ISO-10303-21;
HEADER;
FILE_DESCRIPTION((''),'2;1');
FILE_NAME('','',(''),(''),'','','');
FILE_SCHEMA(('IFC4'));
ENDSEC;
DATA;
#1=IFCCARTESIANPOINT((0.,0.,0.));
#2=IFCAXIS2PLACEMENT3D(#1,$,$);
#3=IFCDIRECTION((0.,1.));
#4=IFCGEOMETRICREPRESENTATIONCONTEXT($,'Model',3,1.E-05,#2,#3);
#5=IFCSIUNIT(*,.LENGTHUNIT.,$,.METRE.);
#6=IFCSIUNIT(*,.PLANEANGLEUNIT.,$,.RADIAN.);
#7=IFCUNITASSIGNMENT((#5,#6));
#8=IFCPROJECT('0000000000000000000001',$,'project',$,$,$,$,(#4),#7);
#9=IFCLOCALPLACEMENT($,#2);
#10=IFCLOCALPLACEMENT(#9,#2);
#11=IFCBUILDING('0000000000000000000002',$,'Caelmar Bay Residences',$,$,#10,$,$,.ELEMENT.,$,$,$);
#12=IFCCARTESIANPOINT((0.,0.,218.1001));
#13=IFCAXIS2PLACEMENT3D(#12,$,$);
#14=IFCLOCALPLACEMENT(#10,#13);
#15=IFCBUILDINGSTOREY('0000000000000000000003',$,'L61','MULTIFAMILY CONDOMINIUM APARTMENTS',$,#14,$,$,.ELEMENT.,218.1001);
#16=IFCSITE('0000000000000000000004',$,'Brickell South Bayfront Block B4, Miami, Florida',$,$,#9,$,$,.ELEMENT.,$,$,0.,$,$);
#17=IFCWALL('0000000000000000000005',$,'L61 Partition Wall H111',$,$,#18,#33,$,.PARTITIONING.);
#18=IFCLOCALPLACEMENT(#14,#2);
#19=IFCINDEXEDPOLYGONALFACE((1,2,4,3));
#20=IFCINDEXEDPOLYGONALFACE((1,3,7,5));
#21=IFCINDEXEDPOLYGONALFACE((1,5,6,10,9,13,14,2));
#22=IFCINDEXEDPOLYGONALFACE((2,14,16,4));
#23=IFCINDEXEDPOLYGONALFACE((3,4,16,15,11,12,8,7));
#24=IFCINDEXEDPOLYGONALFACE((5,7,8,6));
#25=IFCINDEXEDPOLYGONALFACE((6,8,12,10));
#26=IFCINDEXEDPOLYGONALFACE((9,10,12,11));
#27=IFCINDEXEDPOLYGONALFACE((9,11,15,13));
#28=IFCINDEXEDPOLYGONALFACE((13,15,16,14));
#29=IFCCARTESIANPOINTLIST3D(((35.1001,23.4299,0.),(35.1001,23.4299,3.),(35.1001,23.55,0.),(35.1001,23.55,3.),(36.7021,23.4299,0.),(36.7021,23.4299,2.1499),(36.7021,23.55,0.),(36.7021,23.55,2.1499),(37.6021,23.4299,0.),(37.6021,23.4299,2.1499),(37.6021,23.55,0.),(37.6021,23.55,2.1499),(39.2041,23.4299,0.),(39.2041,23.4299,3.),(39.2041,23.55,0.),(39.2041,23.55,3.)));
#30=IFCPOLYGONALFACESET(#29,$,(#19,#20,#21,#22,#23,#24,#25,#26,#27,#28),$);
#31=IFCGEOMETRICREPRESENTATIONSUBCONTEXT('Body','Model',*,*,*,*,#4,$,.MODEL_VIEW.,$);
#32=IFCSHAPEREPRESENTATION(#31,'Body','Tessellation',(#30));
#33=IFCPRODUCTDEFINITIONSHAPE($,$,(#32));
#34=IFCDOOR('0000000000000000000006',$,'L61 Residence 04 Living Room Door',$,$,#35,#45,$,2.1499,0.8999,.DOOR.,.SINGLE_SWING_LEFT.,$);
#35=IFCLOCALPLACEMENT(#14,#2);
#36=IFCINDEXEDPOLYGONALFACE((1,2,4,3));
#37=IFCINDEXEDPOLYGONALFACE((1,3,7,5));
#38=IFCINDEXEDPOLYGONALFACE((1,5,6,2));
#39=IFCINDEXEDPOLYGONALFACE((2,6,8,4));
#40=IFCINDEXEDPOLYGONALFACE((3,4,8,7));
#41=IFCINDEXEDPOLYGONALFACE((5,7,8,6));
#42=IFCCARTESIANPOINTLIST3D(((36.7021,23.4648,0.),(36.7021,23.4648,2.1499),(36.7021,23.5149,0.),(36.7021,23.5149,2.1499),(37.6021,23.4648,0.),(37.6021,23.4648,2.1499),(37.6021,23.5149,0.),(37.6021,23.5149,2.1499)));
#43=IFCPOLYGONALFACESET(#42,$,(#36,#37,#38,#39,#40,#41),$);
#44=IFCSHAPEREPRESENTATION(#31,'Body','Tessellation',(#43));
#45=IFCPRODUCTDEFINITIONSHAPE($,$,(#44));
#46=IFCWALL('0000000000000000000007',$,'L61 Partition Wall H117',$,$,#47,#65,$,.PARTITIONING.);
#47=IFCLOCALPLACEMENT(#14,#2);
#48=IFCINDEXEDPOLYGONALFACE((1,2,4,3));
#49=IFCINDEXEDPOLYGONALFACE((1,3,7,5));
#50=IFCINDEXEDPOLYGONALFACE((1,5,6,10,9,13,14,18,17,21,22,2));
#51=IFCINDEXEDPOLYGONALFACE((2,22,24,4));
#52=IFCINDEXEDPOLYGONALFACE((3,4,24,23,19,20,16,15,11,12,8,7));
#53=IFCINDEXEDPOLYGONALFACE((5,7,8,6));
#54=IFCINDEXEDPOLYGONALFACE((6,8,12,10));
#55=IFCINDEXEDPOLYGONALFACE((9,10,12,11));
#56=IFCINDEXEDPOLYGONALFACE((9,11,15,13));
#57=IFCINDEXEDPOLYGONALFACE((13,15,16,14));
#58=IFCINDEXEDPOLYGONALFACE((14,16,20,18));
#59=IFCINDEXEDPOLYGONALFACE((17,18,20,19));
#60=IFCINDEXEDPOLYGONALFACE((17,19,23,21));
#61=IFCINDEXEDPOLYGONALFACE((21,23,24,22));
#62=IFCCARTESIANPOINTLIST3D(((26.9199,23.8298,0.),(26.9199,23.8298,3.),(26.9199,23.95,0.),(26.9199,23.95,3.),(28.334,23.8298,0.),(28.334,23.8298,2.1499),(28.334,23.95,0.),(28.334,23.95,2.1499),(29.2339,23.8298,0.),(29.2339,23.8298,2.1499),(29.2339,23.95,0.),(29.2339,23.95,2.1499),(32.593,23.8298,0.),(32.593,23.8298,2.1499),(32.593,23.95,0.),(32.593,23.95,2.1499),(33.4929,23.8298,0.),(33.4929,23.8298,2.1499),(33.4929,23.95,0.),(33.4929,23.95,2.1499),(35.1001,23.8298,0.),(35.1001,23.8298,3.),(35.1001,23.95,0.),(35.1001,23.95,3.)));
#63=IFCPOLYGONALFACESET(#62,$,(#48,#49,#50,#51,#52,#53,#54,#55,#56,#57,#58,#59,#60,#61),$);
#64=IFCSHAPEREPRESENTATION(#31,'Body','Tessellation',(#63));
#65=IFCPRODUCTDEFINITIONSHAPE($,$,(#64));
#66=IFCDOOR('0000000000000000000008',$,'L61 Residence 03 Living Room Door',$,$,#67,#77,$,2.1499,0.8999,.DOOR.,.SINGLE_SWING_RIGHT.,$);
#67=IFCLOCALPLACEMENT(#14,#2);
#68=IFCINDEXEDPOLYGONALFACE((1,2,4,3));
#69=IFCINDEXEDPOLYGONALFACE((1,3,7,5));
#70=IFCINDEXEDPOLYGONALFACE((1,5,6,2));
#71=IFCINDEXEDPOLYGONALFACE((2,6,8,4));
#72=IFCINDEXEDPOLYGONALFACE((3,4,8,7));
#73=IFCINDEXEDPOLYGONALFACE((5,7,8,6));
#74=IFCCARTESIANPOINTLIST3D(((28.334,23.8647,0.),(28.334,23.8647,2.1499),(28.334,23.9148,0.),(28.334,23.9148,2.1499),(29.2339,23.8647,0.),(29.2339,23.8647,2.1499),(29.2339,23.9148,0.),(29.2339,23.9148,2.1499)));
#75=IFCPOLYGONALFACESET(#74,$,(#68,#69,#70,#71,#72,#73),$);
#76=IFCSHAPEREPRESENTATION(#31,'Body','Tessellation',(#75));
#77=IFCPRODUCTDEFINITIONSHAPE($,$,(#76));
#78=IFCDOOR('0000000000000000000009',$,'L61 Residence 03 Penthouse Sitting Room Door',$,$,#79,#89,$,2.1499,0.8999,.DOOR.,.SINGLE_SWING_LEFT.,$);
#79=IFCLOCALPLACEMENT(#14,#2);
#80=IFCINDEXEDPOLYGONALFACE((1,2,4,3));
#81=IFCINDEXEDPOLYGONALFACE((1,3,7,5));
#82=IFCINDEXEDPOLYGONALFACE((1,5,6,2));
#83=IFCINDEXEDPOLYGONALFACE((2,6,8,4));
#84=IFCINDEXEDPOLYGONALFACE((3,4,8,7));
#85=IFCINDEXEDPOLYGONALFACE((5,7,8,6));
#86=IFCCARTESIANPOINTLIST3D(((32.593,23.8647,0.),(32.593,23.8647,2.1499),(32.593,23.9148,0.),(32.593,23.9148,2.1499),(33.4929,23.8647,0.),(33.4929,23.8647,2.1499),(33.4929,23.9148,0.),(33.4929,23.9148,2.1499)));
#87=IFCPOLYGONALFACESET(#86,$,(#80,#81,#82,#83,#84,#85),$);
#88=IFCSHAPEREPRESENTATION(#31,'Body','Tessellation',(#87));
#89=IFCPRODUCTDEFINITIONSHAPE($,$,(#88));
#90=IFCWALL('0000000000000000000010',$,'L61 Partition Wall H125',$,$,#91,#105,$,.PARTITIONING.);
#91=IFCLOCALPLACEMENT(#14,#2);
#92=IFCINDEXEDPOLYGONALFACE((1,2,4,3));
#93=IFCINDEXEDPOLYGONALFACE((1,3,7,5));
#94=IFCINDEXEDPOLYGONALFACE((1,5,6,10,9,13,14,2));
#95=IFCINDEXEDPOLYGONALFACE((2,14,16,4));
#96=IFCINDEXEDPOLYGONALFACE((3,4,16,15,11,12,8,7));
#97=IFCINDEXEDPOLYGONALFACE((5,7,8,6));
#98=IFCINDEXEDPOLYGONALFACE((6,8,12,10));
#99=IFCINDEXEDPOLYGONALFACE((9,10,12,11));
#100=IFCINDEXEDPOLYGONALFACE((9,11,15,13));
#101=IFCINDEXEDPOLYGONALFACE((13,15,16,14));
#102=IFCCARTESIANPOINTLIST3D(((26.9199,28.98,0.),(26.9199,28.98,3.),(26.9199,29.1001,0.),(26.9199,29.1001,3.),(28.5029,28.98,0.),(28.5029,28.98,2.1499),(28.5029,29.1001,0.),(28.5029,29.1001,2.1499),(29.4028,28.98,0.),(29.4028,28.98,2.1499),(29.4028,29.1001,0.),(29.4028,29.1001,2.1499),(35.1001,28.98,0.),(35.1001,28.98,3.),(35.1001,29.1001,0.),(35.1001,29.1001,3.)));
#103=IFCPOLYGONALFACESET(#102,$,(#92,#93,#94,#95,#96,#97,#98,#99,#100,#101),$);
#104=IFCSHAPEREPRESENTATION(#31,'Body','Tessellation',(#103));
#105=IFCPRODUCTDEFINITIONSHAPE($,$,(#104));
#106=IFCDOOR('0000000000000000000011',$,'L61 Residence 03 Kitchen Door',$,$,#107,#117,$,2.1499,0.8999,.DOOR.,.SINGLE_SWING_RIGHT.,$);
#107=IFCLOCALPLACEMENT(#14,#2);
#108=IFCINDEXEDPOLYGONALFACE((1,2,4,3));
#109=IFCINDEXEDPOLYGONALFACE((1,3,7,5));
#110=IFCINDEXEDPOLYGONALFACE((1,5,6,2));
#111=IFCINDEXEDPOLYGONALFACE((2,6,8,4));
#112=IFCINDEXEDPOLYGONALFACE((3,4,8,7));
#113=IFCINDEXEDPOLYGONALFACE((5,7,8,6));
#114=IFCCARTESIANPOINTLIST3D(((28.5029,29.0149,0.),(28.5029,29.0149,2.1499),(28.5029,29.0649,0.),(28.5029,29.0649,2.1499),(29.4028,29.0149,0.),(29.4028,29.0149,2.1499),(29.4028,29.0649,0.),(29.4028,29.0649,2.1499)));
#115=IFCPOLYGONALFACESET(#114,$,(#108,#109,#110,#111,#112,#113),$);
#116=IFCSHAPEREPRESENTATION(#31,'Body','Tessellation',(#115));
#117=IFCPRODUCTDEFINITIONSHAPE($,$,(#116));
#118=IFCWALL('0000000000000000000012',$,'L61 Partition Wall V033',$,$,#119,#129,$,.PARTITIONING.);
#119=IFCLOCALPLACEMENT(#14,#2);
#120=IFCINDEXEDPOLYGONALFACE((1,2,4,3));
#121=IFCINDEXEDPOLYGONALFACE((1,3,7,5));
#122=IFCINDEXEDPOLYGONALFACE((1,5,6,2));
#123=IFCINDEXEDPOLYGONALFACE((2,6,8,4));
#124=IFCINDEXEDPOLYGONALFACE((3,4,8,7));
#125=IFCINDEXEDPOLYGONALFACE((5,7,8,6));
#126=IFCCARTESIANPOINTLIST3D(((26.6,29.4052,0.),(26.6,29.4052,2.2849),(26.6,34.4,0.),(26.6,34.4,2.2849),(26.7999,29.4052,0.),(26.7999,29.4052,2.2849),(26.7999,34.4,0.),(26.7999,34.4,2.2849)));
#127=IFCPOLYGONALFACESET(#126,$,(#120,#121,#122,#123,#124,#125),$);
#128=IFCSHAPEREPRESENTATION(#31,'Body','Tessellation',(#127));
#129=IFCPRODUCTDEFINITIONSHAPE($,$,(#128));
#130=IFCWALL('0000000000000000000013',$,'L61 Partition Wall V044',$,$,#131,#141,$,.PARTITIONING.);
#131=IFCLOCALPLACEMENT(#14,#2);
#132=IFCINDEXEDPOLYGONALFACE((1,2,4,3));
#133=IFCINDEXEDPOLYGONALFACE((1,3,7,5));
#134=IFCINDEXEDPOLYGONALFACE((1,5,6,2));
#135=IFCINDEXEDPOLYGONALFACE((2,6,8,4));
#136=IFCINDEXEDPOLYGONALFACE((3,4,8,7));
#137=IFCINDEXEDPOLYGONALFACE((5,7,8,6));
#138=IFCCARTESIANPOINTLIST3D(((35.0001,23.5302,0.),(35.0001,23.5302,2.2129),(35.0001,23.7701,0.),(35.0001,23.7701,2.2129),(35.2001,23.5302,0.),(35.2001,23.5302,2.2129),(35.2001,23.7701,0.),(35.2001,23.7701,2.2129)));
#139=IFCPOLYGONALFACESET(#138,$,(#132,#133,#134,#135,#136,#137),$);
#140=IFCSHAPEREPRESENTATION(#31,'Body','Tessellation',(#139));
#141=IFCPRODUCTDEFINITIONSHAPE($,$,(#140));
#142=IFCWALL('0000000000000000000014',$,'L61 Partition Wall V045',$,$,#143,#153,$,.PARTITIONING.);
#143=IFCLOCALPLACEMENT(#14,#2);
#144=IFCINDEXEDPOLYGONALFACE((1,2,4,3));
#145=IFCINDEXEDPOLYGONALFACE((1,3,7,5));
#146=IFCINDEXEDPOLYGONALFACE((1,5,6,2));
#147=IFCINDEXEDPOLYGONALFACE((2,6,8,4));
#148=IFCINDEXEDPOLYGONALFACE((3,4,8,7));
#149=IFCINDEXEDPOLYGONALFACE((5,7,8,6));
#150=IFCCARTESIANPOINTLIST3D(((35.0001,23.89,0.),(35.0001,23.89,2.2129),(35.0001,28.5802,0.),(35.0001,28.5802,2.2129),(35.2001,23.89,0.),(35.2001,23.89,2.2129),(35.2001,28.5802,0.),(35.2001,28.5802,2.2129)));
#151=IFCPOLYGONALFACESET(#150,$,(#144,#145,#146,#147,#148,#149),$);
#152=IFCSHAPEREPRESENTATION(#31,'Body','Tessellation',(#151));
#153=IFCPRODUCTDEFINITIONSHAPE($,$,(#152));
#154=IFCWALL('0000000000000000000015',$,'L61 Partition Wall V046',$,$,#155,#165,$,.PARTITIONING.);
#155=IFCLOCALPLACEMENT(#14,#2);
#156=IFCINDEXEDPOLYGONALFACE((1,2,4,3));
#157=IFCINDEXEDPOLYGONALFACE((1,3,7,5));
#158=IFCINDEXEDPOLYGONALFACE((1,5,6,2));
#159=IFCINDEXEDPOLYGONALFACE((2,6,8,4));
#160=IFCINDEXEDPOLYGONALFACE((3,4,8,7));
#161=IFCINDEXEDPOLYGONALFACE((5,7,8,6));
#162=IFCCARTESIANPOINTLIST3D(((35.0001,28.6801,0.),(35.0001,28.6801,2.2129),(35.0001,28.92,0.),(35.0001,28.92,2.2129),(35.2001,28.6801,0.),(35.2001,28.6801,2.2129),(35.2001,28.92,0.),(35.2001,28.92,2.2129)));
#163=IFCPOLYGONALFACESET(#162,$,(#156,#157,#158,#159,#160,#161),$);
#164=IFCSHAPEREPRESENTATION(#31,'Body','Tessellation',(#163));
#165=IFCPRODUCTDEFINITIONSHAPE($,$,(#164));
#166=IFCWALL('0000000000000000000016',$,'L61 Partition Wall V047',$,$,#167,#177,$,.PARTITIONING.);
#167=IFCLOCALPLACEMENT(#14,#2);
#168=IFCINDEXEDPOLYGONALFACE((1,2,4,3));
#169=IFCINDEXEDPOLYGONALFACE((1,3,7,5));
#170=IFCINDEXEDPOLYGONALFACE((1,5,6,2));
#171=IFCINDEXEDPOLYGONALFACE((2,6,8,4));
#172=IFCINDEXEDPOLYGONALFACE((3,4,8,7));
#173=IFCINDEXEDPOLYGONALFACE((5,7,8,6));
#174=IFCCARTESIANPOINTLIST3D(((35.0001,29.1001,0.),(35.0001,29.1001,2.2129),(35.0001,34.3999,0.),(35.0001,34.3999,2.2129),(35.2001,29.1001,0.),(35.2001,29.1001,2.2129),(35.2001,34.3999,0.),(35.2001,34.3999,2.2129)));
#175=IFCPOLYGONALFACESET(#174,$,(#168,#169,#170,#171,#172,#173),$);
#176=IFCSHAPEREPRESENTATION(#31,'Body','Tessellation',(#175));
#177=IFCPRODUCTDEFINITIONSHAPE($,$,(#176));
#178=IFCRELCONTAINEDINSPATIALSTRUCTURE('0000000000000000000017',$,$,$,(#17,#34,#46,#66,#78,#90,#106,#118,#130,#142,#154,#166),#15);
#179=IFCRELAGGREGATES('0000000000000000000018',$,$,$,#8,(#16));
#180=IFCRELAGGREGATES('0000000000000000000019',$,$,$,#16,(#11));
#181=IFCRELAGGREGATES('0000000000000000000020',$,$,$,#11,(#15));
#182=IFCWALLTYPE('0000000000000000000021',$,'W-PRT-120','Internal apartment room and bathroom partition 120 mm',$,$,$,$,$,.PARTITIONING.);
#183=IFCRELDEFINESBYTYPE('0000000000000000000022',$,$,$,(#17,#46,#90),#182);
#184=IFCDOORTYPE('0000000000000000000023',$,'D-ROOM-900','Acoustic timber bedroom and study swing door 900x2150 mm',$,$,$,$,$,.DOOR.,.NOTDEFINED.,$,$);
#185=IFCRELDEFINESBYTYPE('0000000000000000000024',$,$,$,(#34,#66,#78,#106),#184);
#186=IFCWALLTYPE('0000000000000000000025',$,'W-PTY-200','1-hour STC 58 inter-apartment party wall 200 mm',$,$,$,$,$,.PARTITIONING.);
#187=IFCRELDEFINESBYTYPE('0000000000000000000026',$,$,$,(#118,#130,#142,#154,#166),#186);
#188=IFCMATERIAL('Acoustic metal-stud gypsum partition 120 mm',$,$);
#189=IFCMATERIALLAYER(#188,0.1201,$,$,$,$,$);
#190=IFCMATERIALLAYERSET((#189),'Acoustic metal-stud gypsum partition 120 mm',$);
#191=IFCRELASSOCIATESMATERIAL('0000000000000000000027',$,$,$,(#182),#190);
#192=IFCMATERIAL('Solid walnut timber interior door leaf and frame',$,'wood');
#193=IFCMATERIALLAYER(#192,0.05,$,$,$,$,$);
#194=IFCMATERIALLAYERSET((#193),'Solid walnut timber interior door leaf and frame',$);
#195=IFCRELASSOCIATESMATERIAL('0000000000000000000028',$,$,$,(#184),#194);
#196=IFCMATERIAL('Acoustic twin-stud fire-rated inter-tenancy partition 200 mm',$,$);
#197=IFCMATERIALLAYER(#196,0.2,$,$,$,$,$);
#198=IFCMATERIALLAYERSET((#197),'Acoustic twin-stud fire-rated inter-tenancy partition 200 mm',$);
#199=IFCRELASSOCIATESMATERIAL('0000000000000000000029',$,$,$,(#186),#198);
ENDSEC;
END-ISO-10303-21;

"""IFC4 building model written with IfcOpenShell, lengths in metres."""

from ifc_helpers import new_model, si_unit, direction, frame, frame_2d, origin, place, context, subcontext, project, spatial, rectangle, extrude, material, layer, layer_set, type_object, element, fill, save


model = new_model("IFC4")

# Units and contexts
model_context = context("Model", 3, precision=1e-05, world=origin(), true_north=direction((0.0, 1.0)))
body_context = subcontext(model_context, "Body", "Model", "MODEL_VIEW")
ifc_project = project(units=[si_unit("LENGTHUNIT", "METRE"), si_unit("PLANEANGLEUNIT", "RADIAN")], contexts=[model_context])

# Site, building, storey
site_placement = place(None, origin())
site = spatial("IfcSite", under=ifc_project, at=site_placement, Name="Brickell South Bayfront Block B4, Miami, Florida", CompositionType="ELEMENT", RefElevation=0.0)
building_placement = place(site_placement, origin())
building = spatial("IfcBuilding", under=site, at=building_placement, Name="Caelmar Bay Residences", CompositionType="ELEMENT")
storey_placement = place(building_placement, frame((0.0, 0.0, 218.1001)))
storey = spatial("IfcBuildingStorey", under=building, at=storey_placement, Name="L61", Description="MULTIFAMILY CONDOMINIUM APARTMENTS", CompositionType="ELEMENT", Elevation=218.1001)

# Shared definitions
ifc_material_1 = material(Name="Acoustic metal-stud gypsum partition 120 mm")
ifc_layer_1 = layer(ifc_material_1, 0.1201)
ifc_layer_set_1 = layer_set([ifc_layer_1], Name="Acoustic metal-stud gypsum partition 120 mm")
wall_type_1 = type_object("IfcWallType", Name="W-PRT-120", Description="Internal apartment room and bathroom partition 120 mm", PredefinedType="PARTITIONING", material=ifc_layer_set_1)

# Shared definitions
ifc_material_2 = material(Name="Solid walnut timber interior door leaf and frame", Category="wood")
ifc_layer_2 = layer(ifc_material_2, 0.05)
ifc_layer_set_2 = layer_set([ifc_layer_2], Name="Solid walnut timber interior door leaf and frame")
door_type_1 = type_object("IfcDoorType", Name="D-ROOM-900", Description="Acoustic timber bedroom and study swing door 900x2150 mm", OperationType="NOTDEFINED", PredefinedType="DOOR", material=ifc_layer_set_2)

# Wall, opening, door
wall_1_placement = place(storey_placement, frame((35.1001, 23.49, 0.0), z_axis=(0.0, 0.0, 1.0), x_axis=(1.0, 0.0, 0.0)))
wall_1 = element("IfcWall", 1, at=wall_1_placement, inside=storey, type_object=wall_type_1, Name="L61 Partition Wall H111", PredefinedType="PARTITIONING", context=body_context, shape_type="SweptSolid", body=[
    extrude(rectangle(XDim=4.104, YDim=0.1201, at=frame_2d((2.052, 0.0))), origin(), (0.0, 0.0, 1.0), 3.0),
])
opening_1_placement = place(wall_1_placement, frame((1.6021, 0.0, 0.0)))
opening_1 = element("IfcOpeningElement", 2, at=opening_1_placement, cuts=wall_1, PredefinedType="OPENING", context=body_context, shape_type="SweptSolid", body=[
    extrude(rectangle(XDim=0.8999, YDim=2.1499, at=frame_2d((0.45, 1.075))), frame((0.0, 0.0701, 0.0), z_axis=(0.0, -1.0, 0.0), x_axis=(1.0, 0.0, 0.0)), (0.0, 0.0, 1.0), 0.1401),
])
door_1_placement = place(opening_1_placement, origin())
door_1 = element("IfcDoor", 3, at=door_1_placement, inside=storey, type_object=door_type_1, Name="L61 Residence 04 Living Room Door", OperationType="SINGLE_SWING_LEFT", OverallHeight=2.1499, OverallWidth=0.8999, PredefinedType="DOOR", context=body_context, shape_type="SweptSolid", body=[
    extrude(rectangle(XDim=0.8999, YDim=2.1499, at=frame_2d((0.45, 1.075))), frame((0.0, 0.0249, 0.0), z_axis=(0.0, -1.0, 0.0), x_axis=(1.0, 0.0, 0.0)), (0.0, 0.0, 1.0), 0.05),
])
fill(opening_1, door_1)

# Wall, openings, doors
wall_2_placement = place(storey_placement, frame((26.9199, 23.8899, 0.0), z_axis=(0.0, 0.0, 1.0), x_axis=(1.0, 0.0, 0.0)))
wall_2 = element("IfcWall", 4, at=wall_2_placement, inside=storey, type_object=wall_type_1, Name="L61 Partition Wall H117", PredefinedType="PARTITIONING", context=body_context, shape_type="SweptSolid", body=[
    extrude(rectangle(XDim=8.1802, YDim=0.1201, at=frame_2d((4.0901, 0.0))), origin(), (0.0, 0.0, 1.0), 3.0),
])
opening_2_placement = place(wall_2_placement, frame((1.4141, 0.0, 0.0)))
opening_2 = element("IfcOpeningElement", 5, at=opening_2_placement, cuts=wall_2, PredefinedType="OPENING", context=body_context, shape_type="SweptSolid", body=[
    extrude(rectangle(XDim=0.8999, YDim=2.1499, at=frame_2d((0.45, 1.075))), frame((0.0, 0.0701, 0.0), z_axis=(0.0, -1.0, 0.0), x_axis=(1.0, 0.0, 0.0)), (0.0, 0.0, 1.0), 0.1401),
])
opening_3_placement = place(wall_2_placement, frame((5.6731, 0.0, 0.0)))
opening_3 = element("IfcOpeningElement", 6, at=opening_3_placement, cuts=wall_2, PredefinedType="OPENING", context=body_context, shape_type="SweptSolid", body=[
    extrude(rectangle(XDim=0.8999, YDim=2.1499, at=frame_2d((0.45, 1.075))), frame((0.0, 0.0701, 0.0), z_axis=(0.0, -1.0, 0.0), x_axis=(1.0, 0.0, 0.0)), (0.0, 0.0, 1.0), 0.1401),
])
door_2_placement = place(opening_2_placement, origin())
door_2 = element("IfcDoor", 7, at=door_2_placement, inside=storey, type_object=door_type_1, Name="L61 Residence 03 Living Room Door", OperationType="SINGLE_SWING_RIGHT", OverallHeight=2.1499, OverallWidth=0.8999, PredefinedType="DOOR", context=body_context, shape_type="SweptSolid", body=[
    extrude(rectangle(XDim=0.8999, YDim=2.1499, at=frame_2d((0.45, 1.075))), frame((0.0, 0.0249, 0.0), z_axis=(0.0, -1.0, 0.0), x_axis=(1.0, 0.0, 0.0)), (0.0, 0.0, 1.0), 0.05),
])
fill(opening_2, door_2)
door_3_placement = place(opening_3_placement, origin())
door_3 = element("IfcDoor", 8, at=door_3_placement, inside=storey, type_object=door_type_1, Name="L61 Residence 03 Penthouse Sitting Room Door", OperationType="SINGLE_SWING_LEFT", OverallHeight=2.1499, OverallWidth=0.8999, PredefinedType="DOOR", context=body_context, shape_type="SweptSolid", body=[
    extrude(rectangle(XDim=0.8999, YDim=2.1499, at=frame_2d((0.45, 1.075))), frame((0.0, 0.0249, 0.0), z_axis=(0.0, -1.0, 0.0), x_axis=(1.0, 0.0, 0.0)), (0.0, 0.0, 1.0), 0.05),
])
fill(opening_3, door_3)

# Wall, opening, door
wall_3_placement = place(storey_placement, frame((26.9199, 29.04, 0.0), z_axis=(0.0, 0.0, 1.0), x_axis=(1.0, 0.0, 0.0)))
wall_3 = element("IfcWall", 9, at=wall_3_placement, inside=storey, type_object=wall_type_1, Name="L61 Partition Wall H125", PredefinedType="PARTITIONING", context=body_context, shape_type="SweptSolid", body=[
    extrude(rectangle(XDim=8.1802, YDim=0.1201, at=frame_2d((4.0901, 0.0))), origin(), (0.0, 0.0, 1.0), 3.0),
])
opening_4_placement = place(wall_3_placement, frame((1.583, 0.0, 0.0)))
opening_4 = element("IfcOpeningElement", 10, at=opening_4_placement, cuts=wall_3, PredefinedType="OPENING", context=body_context, shape_type="SweptSolid", body=[
    extrude(rectangle(XDim=0.8999, YDim=2.1499, at=frame_2d((0.45, 1.075))), frame((0.0, 0.0701, 0.0), z_axis=(0.0, -1.0, 0.0), x_axis=(1.0, 0.0, 0.0)), (0.0, 0.0, 1.0), 0.1401),
])
door_4_placement = place(opening_4_placement, origin())
door_4 = element("IfcDoor", 11, at=door_4_placement, inside=storey, type_object=door_type_1, Name="L61 Residence 03 Kitchen Door", OperationType="SINGLE_SWING_RIGHT", OverallHeight=2.1499, OverallWidth=0.8999, PredefinedType="DOOR", context=body_context, shape_type="SweptSolid", body=[
    extrude(rectangle(XDim=0.8999, YDim=2.1499, at=frame_2d((0.45, 1.075))), frame((0.0, 0.0249, 0.0), z_axis=(0.0, -1.0, 0.0), x_axis=(1.0, 0.0, 0.0)), (0.0, 0.0, 1.0), 0.05),
])
fill(opening_4, door_4)

# Walls
ifc_material_3 = material(Name="Acoustic twin-stud fire-rated inter-tenancy partition 200 mm")
ifc_layer_3 = layer(ifc_material_3, 0.2)
ifc_layer_set_3 = layer_set([ifc_layer_3], Name="Acoustic twin-stud fire-rated inter-tenancy partition 200 mm")
wall_type_2 = type_object("IfcWallType", Name="W-PTY-200", Description="1-hour STC 58 inter-apartment party wall 200 mm", PredefinedType="PARTITIONING", material=ifc_layer_set_3)
wall_4_placement = place(storey_placement, frame((26.7, 29.405, 0.0), z_axis=(0.0, 0.0, 1.0), x_axis=(0.0, 1.0, 0.0)))
element("IfcWall", 12, at=wall_4_placement, inside=storey, type_object=wall_type_2, Name="L61 Partition Wall V033", PredefinedType="PARTITIONING", context=body_context, shape_type="SweptSolid", body=[
    extrude(rectangle(XDim=4.9949, YDim=0.2, at=frame_2d((2.4976, 0.0))), origin(), (0.0, 0.0, 1.0), 2.2849),
])
wall_5_placement = place(storey_placement, frame((35.1001, 23.53, 0.0), z_axis=(0.0, 0.0, 1.0), x_axis=(0.0, 1.0, 0.0)))
element("IfcWall", 13, at=wall_5_placement, inside=storey, type_object=wall_type_2, Name="L61 Partition Wall V044", PredefinedType="PARTITIONING", context=body_context, shape_type="SweptSolid", body=[
    extrude(rectangle(XDim=0.24, YDim=0.2, at=frame_2d((0.1201, 0.0))), origin(), (0.0, 0.0, 1.0), 2.2129),
])
wall_6_placement = place(storey_placement, frame((35.1001, 23.8899, 0.0), z_axis=(0.0, 0.0, 1.0), x_axis=(0.0, 1.0, 0.0)))
element("IfcWall", 14, at=wall_6_placement, inside=storey, type_object=wall_type_2, Name="L61 Partition Wall V045", PredefinedType="PARTITIONING", context=body_context, shape_type="SweptSolid", body=[
    extrude(rectangle(XDim=4.6902, YDim=0.2, at=frame_2d((2.3452, 0.0))), origin(), (0.0, 0.0, 1.0), 2.2129),
])
wall_7_placement = place(storey_placement, frame((35.1001, 28.6799, 0.0), z_axis=(0.0, 0.0, 1.0), x_axis=(0.0, 1.0, 0.0)))
element("IfcWall", 15, at=wall_7_placement, inside=storey, type_object=wall_type_2, Name="L61 Partition Wall V046", PredefinedType="PARTITIONING", context=body_context, shape_type="SweptSolid", body=[
    extrude(rectangle(XDim=0.24, YDim=0.2, at=frame_2d((0.1201, 0.0))), origin(), (0.0, 0.0, 1.0), 2.2129),
])
wall_8_placement = place(storey_placement, frame((35.1001, 29.1001, 0.0), z_axis=(0.0, 0.0, 1.0), x_axis=(0.0, 1.0, 0.0)))
element("IfcWall", 16, at=wall_8_placement, inside=storey, type_object=wall_type_2, Name="L61 Partition Wall V047", PredefinedType="PARTITIONING", context=body_context, shape_type="SweptSolid", body=[
    extrude(rectangle(XDim=5.2998, YDim=0.2, at=frame_2d((2.6499, 0.0))), origin(), (0.0, 0.0, 1.0), 2.2129),
])

save(model, "model.ifc")
